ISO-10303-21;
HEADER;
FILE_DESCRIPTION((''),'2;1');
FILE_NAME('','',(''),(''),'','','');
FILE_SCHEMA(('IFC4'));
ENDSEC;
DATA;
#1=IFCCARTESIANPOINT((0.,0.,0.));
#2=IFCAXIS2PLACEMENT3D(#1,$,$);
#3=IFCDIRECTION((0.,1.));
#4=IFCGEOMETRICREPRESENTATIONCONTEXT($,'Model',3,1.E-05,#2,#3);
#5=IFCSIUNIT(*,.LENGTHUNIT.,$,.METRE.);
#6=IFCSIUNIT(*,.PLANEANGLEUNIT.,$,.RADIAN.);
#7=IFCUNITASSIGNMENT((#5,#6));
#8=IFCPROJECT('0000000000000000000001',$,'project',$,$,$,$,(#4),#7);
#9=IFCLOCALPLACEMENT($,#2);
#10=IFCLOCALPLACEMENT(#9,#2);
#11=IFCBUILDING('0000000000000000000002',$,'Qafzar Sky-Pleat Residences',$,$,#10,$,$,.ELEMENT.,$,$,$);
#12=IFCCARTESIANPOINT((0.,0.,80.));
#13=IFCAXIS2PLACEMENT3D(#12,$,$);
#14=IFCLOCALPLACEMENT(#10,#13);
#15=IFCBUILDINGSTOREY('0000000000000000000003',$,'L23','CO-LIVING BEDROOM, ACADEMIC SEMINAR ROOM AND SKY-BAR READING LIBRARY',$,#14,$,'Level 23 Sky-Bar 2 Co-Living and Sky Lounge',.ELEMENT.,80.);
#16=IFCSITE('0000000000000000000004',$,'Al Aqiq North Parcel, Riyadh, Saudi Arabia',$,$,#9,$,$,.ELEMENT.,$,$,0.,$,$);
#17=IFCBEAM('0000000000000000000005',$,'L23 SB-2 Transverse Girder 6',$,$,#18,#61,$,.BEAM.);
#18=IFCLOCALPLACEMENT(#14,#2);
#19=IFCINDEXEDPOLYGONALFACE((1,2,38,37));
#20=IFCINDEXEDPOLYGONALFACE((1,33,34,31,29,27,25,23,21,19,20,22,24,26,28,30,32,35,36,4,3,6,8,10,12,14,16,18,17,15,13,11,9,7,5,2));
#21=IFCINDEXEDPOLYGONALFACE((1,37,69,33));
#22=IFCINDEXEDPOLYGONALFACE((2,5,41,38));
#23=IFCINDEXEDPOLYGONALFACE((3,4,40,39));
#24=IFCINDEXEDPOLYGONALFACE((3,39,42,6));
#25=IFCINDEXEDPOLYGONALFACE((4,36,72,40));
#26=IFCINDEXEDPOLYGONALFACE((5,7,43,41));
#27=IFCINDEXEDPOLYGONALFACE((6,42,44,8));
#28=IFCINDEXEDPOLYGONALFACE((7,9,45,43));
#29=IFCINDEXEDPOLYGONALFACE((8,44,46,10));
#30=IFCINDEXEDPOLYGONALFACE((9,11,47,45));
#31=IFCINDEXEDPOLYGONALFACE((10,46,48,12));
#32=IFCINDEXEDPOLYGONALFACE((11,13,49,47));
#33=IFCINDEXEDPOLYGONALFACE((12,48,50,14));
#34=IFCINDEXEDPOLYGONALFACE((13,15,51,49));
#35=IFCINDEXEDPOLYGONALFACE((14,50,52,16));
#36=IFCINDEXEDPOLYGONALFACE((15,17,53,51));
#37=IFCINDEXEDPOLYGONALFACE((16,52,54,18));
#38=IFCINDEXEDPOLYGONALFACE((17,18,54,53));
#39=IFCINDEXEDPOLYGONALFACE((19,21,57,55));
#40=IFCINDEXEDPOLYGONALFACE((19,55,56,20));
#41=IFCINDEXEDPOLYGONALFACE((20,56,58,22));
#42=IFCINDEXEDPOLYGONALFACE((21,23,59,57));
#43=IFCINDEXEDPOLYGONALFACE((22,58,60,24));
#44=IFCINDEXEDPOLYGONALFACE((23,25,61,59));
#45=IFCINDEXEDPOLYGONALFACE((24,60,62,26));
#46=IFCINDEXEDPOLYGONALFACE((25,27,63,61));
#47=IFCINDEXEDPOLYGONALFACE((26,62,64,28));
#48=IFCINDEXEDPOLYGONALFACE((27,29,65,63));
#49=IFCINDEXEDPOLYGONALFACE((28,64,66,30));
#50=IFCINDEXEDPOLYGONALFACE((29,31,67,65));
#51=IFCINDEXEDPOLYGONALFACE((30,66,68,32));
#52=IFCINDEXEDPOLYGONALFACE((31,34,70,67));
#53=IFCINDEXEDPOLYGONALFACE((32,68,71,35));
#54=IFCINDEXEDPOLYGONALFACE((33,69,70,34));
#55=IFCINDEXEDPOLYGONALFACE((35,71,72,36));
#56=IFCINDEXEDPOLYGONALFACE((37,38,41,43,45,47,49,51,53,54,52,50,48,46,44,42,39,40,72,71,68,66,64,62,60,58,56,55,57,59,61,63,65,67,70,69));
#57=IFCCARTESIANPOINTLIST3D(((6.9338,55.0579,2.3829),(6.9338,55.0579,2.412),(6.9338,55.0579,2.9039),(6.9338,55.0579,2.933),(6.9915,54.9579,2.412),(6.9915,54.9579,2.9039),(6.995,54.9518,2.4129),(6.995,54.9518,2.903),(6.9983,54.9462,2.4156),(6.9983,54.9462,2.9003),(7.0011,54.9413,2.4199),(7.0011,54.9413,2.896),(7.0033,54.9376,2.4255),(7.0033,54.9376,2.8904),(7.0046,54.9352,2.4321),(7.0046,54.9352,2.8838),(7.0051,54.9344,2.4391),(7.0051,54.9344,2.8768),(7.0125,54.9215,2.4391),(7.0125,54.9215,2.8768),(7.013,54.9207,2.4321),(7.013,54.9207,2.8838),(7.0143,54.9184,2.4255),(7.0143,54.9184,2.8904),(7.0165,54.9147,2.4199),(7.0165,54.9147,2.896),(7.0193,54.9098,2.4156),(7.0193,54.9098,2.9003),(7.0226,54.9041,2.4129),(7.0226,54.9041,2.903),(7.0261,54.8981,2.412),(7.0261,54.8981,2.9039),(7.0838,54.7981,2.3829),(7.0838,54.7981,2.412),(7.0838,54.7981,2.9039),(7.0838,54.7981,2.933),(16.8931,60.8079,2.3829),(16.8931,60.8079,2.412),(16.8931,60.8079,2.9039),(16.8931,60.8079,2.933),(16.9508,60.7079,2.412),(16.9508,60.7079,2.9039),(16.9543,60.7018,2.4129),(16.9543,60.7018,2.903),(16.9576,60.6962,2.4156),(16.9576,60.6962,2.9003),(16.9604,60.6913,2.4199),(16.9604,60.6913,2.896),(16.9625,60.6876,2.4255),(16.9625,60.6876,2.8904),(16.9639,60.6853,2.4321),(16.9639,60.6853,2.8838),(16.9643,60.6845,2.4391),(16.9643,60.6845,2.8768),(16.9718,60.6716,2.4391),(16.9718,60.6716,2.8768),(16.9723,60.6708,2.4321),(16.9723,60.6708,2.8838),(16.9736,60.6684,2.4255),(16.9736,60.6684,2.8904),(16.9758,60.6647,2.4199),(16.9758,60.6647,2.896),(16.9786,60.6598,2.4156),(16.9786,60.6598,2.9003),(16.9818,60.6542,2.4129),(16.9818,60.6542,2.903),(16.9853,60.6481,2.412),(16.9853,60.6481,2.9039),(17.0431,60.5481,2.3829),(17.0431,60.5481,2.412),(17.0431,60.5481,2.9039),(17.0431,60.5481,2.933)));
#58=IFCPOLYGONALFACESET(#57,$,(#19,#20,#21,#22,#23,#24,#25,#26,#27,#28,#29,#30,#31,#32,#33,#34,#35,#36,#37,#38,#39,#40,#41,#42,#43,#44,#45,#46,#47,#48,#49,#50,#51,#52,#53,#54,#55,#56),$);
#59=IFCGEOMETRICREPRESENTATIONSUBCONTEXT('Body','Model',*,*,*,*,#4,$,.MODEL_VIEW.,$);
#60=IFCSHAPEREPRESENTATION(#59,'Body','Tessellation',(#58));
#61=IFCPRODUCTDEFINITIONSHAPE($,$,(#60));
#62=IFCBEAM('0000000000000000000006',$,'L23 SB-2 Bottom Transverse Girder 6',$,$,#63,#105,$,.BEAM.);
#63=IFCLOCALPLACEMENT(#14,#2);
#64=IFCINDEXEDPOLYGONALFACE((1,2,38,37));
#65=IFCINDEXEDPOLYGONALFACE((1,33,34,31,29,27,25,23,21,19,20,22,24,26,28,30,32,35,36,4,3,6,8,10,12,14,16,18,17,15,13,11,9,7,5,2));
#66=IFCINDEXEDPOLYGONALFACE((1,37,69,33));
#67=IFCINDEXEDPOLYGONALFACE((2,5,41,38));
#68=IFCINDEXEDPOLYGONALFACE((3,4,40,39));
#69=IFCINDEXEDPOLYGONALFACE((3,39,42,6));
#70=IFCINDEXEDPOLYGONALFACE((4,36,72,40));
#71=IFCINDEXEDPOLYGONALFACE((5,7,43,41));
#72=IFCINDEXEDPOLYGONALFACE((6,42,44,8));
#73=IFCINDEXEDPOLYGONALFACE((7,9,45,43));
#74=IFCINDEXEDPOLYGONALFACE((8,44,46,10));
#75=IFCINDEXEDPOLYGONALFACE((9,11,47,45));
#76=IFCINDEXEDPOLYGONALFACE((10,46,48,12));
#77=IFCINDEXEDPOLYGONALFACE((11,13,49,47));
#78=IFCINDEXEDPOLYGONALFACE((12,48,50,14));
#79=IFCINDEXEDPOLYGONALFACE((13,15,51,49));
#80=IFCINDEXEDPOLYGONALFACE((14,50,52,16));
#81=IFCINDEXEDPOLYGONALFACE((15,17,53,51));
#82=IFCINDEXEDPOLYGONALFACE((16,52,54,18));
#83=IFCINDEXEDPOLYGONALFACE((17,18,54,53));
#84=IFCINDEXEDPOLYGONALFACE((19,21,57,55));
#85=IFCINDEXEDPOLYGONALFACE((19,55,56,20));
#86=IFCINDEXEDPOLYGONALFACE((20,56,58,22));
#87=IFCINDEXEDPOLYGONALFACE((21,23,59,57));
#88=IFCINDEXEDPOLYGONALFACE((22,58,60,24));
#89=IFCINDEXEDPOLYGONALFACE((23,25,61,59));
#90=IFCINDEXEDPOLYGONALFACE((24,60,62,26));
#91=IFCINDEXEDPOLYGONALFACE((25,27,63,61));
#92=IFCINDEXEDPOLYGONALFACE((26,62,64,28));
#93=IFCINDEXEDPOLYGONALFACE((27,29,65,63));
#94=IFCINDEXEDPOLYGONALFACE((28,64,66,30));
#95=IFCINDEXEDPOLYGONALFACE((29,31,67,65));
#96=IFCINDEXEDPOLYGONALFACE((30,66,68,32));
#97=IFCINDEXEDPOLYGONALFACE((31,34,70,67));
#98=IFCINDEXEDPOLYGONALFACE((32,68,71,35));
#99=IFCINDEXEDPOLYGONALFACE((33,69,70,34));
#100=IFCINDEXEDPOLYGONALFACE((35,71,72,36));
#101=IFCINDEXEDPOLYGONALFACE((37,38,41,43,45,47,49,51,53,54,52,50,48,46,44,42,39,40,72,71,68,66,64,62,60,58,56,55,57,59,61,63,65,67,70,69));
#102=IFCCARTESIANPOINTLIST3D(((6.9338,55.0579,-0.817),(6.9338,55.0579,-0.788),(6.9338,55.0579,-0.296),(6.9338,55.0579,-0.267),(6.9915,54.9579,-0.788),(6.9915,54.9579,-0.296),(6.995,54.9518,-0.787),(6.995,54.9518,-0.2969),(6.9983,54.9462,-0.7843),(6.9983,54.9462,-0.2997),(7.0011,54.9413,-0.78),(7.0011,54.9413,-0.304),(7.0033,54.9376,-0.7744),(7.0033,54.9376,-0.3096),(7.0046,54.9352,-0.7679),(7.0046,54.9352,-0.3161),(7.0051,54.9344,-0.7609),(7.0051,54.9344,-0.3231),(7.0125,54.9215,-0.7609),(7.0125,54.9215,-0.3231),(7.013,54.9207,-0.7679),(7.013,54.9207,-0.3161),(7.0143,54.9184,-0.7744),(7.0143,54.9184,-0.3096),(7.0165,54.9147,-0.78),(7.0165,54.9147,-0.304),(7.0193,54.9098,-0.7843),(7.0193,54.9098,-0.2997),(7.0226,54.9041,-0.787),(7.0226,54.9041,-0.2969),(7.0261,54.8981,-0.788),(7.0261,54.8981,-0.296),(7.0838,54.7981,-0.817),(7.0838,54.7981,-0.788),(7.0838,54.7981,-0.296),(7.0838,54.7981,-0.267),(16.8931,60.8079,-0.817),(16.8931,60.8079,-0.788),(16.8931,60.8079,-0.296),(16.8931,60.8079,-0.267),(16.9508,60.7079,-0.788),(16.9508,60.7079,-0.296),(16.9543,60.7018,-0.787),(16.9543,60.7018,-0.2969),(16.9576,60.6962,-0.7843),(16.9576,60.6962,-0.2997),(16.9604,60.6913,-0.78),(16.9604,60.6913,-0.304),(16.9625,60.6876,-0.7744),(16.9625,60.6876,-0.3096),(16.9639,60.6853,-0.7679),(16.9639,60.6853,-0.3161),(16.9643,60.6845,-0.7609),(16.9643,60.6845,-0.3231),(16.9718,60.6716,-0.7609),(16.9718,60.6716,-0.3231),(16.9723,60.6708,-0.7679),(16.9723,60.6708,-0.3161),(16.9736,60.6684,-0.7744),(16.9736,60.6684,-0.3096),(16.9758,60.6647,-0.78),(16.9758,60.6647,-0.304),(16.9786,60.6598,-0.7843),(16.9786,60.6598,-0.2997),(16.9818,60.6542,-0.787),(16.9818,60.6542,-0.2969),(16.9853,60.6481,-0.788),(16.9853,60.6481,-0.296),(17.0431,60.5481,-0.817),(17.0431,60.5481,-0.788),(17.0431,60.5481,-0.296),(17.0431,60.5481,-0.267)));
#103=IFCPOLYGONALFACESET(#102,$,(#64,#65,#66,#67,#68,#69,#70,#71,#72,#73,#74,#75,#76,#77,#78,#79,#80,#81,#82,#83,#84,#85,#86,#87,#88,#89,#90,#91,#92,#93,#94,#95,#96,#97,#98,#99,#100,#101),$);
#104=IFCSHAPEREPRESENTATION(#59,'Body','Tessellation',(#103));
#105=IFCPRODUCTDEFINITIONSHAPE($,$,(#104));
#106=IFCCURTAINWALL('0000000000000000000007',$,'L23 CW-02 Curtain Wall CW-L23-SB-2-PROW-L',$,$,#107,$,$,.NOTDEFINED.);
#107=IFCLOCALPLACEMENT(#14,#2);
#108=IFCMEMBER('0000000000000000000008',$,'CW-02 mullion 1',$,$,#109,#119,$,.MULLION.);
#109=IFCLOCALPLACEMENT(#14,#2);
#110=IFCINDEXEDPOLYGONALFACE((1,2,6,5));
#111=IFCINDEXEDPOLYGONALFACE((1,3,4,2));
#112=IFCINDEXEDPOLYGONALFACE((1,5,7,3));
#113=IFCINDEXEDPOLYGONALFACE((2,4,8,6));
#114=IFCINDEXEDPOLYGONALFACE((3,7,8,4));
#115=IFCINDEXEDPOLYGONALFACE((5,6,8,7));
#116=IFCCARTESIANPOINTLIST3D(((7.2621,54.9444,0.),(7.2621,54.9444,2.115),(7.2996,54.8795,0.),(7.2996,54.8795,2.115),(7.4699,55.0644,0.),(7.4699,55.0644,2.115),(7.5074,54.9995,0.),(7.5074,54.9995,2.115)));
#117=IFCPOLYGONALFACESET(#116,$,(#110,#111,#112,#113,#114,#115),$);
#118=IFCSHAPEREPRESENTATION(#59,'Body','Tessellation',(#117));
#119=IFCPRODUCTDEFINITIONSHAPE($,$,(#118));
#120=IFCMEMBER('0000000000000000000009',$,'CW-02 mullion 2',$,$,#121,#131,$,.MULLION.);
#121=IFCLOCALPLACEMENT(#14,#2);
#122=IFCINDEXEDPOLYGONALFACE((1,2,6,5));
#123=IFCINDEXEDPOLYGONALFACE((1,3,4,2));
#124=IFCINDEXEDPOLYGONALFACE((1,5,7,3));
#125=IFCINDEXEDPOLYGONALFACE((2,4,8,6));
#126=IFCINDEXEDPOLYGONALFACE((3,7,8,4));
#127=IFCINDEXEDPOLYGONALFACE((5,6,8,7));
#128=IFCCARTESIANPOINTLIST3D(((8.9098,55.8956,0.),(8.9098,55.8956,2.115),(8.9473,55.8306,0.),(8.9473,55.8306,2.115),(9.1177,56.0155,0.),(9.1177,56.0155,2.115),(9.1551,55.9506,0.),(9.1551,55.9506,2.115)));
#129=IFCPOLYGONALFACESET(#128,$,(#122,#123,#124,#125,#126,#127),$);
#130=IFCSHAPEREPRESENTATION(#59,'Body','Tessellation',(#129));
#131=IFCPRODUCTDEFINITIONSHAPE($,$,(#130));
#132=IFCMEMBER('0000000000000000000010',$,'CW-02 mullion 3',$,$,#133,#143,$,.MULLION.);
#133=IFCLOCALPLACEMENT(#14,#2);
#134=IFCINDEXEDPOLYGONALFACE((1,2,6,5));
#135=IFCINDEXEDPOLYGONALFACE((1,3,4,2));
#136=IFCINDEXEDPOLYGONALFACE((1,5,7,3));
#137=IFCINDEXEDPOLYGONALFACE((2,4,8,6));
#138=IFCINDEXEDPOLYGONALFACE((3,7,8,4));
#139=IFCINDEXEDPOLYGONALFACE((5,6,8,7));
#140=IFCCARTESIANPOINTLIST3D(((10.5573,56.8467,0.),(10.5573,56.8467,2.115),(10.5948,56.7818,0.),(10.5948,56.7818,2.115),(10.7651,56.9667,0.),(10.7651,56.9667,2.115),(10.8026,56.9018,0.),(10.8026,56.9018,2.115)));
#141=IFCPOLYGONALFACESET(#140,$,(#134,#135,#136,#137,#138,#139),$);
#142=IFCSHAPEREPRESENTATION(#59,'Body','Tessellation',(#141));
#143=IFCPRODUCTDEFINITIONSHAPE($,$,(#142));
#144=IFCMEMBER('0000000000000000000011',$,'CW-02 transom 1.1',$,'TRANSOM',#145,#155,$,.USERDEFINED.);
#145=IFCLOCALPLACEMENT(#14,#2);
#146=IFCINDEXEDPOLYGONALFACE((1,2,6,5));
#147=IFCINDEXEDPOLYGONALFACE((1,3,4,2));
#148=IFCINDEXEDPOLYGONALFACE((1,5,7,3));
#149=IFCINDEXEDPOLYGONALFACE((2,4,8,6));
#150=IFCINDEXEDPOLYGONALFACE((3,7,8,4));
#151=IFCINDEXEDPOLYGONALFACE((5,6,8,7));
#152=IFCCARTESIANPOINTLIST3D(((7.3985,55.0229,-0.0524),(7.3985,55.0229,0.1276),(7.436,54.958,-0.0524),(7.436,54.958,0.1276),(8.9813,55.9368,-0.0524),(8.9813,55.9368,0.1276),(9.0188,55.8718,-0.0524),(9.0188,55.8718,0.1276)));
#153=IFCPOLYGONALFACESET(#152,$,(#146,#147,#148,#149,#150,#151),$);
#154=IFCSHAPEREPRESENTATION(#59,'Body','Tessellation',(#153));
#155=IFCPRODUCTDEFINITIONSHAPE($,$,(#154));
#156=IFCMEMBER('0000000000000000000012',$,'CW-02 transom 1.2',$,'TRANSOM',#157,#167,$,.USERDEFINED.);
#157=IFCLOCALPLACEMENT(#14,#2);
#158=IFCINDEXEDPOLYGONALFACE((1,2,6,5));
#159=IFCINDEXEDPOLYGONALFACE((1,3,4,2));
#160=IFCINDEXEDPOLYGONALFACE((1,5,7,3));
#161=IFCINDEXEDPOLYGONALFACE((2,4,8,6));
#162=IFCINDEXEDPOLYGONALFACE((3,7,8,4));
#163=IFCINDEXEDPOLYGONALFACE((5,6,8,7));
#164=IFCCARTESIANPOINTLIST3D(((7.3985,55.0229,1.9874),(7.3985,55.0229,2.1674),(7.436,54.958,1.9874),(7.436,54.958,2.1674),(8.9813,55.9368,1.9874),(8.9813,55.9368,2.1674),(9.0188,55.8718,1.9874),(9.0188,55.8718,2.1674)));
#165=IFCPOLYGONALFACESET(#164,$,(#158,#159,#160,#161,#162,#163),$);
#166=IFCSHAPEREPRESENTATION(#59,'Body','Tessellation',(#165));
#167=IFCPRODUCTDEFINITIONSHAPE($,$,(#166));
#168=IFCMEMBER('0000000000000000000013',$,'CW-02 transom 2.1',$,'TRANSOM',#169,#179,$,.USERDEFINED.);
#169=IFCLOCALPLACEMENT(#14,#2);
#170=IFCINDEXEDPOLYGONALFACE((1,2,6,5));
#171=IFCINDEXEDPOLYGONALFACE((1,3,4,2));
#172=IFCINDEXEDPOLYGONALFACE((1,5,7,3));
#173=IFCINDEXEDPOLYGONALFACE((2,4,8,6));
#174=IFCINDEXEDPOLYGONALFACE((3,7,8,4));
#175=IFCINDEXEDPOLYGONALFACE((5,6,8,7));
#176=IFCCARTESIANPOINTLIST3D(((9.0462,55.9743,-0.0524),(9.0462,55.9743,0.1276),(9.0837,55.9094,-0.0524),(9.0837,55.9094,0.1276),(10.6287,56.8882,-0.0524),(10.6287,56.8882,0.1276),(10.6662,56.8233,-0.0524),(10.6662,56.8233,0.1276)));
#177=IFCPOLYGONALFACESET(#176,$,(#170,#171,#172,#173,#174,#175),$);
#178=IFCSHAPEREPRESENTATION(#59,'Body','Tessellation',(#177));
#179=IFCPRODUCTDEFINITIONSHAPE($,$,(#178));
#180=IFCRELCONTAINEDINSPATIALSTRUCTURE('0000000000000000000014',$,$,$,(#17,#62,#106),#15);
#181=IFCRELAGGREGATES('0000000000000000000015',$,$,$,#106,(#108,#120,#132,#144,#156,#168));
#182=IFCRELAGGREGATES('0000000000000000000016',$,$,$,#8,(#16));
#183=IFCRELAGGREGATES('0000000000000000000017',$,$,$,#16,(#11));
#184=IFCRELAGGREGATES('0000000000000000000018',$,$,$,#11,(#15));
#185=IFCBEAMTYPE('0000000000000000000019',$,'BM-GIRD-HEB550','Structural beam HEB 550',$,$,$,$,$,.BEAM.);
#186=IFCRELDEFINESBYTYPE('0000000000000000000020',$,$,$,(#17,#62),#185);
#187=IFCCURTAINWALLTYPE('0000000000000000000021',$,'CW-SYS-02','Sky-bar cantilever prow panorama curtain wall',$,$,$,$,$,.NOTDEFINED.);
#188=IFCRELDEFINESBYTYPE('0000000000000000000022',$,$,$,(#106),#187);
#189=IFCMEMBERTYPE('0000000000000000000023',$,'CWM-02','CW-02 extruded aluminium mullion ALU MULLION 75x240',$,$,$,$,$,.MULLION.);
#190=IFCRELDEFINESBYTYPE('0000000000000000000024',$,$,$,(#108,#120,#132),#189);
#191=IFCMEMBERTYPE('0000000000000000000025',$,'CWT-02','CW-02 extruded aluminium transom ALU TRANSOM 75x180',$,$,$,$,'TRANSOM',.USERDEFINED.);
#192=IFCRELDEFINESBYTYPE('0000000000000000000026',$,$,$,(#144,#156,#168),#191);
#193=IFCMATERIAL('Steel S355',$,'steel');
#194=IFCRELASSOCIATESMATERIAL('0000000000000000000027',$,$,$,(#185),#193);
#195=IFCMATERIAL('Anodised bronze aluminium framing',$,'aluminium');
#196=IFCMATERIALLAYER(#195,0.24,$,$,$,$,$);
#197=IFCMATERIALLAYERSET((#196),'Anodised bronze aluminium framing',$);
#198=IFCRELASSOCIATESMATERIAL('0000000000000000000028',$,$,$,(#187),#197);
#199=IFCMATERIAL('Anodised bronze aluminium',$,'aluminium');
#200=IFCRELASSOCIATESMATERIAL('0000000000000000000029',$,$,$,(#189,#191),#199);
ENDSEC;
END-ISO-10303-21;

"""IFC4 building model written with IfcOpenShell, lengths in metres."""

from ifc_helpers import new_model, si_unit, direction, frame, origin, origin_2d, place, context, subcontext, project, spatial, rectangle, i_section, extrude, source, transform, mapped, material, layer, layer_set, material_profile, profile_set, type_object, element, aggregate, save


model = new_model("IFC4")

# Units and contexts
model_context = context("Model", 3, precision=1e-05, world=origin(), true_north=direction((0.0, 1.0)))
body_context = subcontext(model_context, "Body", "Model", "MODEL_VIEW")
ifc_project = project(units=[si_unit("LENGTHUNIT", "METRE"), si_unit("PLANEANGLEUNIT", "RADIAN")], contexts=[model_context])

# Site, building, storey
site_placement = place(None, origin())
site = spatial("IfcSite", under=ifc_project, at=site_placement, Name="Al Aqiq North Parcel, Riyadh, Saudi Arabia", CompositionType="ELEMENT", RefElevation=0.0)
building_placement = place(site_placement, origin())
building = spatial("IfcBuilding", under=site, at=building_placement, Name="Qafzar Sky-Pleat Residences", CompositionType="ELEMENT")
storey_placement = place(building_placement, frame((0.0, 0.0, 80.0)))
storey = spatial("IfcBuildingStorey", under=building, at=storey_placement, Name="L23", Description="CO-LIVING BEDROOM, ACADEMIC SEMINAR ROOM AND SKY-BAR READING LIBRARY", LongName="Level 23 Sky-Bar 2 Co-Living and Sky Lounge", CompositionType="ELEMENT", Elevation=80.0)

# Beams
ifc_material_1 = material(Name="Steel S355", Category="steel")
ifc_material_profile_1 = material_profile(ifc_material_1, i_section(OverallWidth=0.3, OverallDepth=0.55, WebThickness=0.0149, FlangeThickness=0.0291, FilletRadius=0.0271, at=origin_2d()), Name="HEB 550")
ifc_profile_set_1 = profile_set([ifc_material_profile_1], Name="Steel S355")
beam_type = type_object("IfcBeamType", Name="BM-GIRD-HEB550", Description="Structural beam HEB 550", PredefinedType="BEAM", material=ifc_profile_set_1)
shared_shape_1 = source(origin(), body_context, "Body", "SweptSolid", [
    extrude(i_section(OverallWidth=0.3, OverallDepth=0.55, WebThickness=0.0149, FlangeThickness=0.0291, FilletRadius=0.0271, at=origin_2d()), origin(), (0.0, 0.0, 1.0), 11.5),
])
for number, where, z_axis, x_axis, name in (
    (1, (7.0088, 54.928, 2.658), (0.866024, 0.500002, 0.0), (-0.500002, 0.866024, 0.0), "L23 SB-2 Transverse Girder 6"),
    (2, (7.0088, 54.928, -0.542), (0.866024, 0.500002, 0.0), (-0.500002, 0.866024, 0.0), "L23 SB-2 Bottom Transverse Girder 6"),
):
    element("IfcBeam", number, at=place(storey_placement, frame(where, z_axis=z_axis, x_axis=x_axis)), inside=storey, type_object=beam_type, Name=name, PredefinedType="BEAM", context=body_context, shape_type="MappedRepresentation", body=[
        mapped(shared_shape_1, transform((0.0, 0.0, 0.0), x_axis=(1.0, 0.0, 0.0), y_axis=(0.0, 1.0, 0.0), z_axis=(0.0, 0.0, 1.0), scale=1.0)),
    ])

# Curtain wall, members
ifc_material_2 = material(Name="Anodised bronze aluminium framing", Category="aluminium")
ifc_layer_1 = layer(ifc_material_2, 0.24)
ifc_layer_set_1 = layer_set([ifc_layer_1], Name="Anodised bronze aluminium framing")
curtain_wall_type = type_object("IfcCurtainWallType", Name="CW-SYS-02", Description="Sky-bar cantilever prow panorama curtain wall", PredefinedType="NOTDEFINED", material=ifc_layer_set_1)
curtain_wall_placement = place(storey_placement, origin())
curtain_wall = element("IfcCurtainWall", 3, at=curtain_wall_placement, inside=storey, type_object=curtain_wall_type, Name="L23 CW-02 Curtain Wall CW-L23-SB-2-PROW-L", PredefinedType="NOTDEFINED")
ifc_material_3 = material(Name="Anodised bronze aluminium", Category="aluminium")
ifc_material_profile_2 = material_profile(ifc_material_3, rectangle(XDim=0.075, YDim=0.24, at=origin_2d()), Name="ALU MULLION 75x240")
ifc_profile_set_2 = profile_set([ifc_material_profile_2], Name="Anodised bronze aluminium")
member_type_1 = type_object("IfcMemberType", Name="CWM-02", Description="CW-02 extruded aluminium mullion ALU MULLION 75x240", PredefinedType="MULLION", material=ifc_profile_set_2)
shared_shape_2 = source(origin(), body_context, "Body", "SweptSolid", [
    extrude(rectangle(XDim=0.075, YDim=0.24, at=origin_2d()), origin(), (0.0, 0.0, 1.0), 2.115),
])
member_1_placement = place(storey_placement, frame((7.3848, 54.9719, 0.0), z_axis=(0.0, 0.0, 1.0), x_axis=(-0.499998, 0.866027, 0.0)))
member_1 = element("IfcMember", 4, at=member_1_placement, type_object=member_type_1, Name="CW-02 mullion 1", PredefinedType="MULLION", context=body_context, shape_type="MappedRepresentation", body=[
    mapped(shared_shape_2, transform((0.0, 0.0, 0.0), x_axis=(1.0, 0.0, 0.0), y_axis=(0.0, 1.0, 0.0), z_axis=(0.0, 0.0, 1.0), scale=1.0)),
])
member_2_placement = place(storey_placement, frame((9.0325, 55.9231, 0.0), z_axis=(0.0, 0.0, 1.0), x_axis=(-0.499998, 0.866027, 0.0)))
member_2 = element("IfcMember", 5, at=member_2_placement, type_object=member_type_1, Name="CW-02 mullion 2", PredefinedType="MULLION", context=body_context, shape_type="MappedRepresentation", body=[
    mapped(shared_shape_2, transform((0.0, 0.0, 0.0), x_axis=(1.0, 0.0, 0.0), y_axis=(0.0, 1.0, 0.0), z_axis=(0.0, 0.0, 1.0), scale=1.0)),
])
member_3_placement = place(storey_placement, frame((10.6799, 56.8743, 0.0), z_axis=(0.0, 0.0, 1.0), x_axis=(-0.499998, 0.866027, 0.0)))
member_3 = element("IfcMember", 6, at=member_3_placement, type_object=member_type_1, Name="CW-02 mullion 3", PredefinedType="MULLION", context=body_context, shape_type="MappedRepresentation", body=[
    mapped(shared_shape_2, transform((0.0, 0.0, 0.0), x_axis=(1.0, 0.0, 0.0), y_axis=(0.0, 1.0, 0.0), z_axis=(0.0, 0.0, 1.0), scale=1.0)),
])
ifc_material_profile_3 = material_profile(ifc_material_3, rectangle(XDim=0.075, YDim=0.1799, at=origin_2d()), Name="ALU TRANSOM 75x180")
ifc_profile_set_3 = profile_set([ifc_material_profile_3], Name="Anodised bronze aluminium")
member_type_2 = type_object("IfcMemberType", Name="CWT-02", Description="CW-02 extruded aluminium transom ALU TRANSOM 75x180", ElementType="TRANSOM", PredefinedType="USERDEFINED", material=ifc_profile_set_3)
shared_shape_3 = source(origin(), body_context, "Body", "SweptSolid", [
    extrude(rectangle(XDim=0.075, YDim=0.1799, at=origin_2d()), origin(), (0.0, 0.0, 1.0), 1.8276),
])
member_4_placement = place(storey_placement, frame((7.4172, 54.9905, 0.0376), z_axis=(0.866023, 0.500004, 0.0), x_axis=(-0.500004, 0.866023, 0.0)))
member_4 = element("IfcMember", 7, at=member_4_placement, type_object=member_type_2, Name="CW-02 transom 1.1", ObjectType="TRANSOM", PredefinedType="USERDEFINED", context=body_context, shape_type="MappedRepresentation", body=[
    mapped(shared_shape_3, transform((0.0, 0.0, 0.0), x_axis=(1.0, 0.0, 0.0), y_axis=(0.0, 1.0, 0.0), z_axis=(0.0, 0.0, 1.0), scale=1.0)),
])
member_5_placement = place(storey_placement, frame((7.4172, 54.9905, 2.0774), z_axis=(0.866023, 0.500004, 0.0), x_axis=(-0.500004, 0.866023, 0.0)))
member_5 = element("IfcMember", 8, at=member_5_placement, type_object=member_type_2, Name="CW-02 transom 1.2", ObjectType="TRANSOM", PredefinedType="USERDEFINED", context=body_context, shape_type="MappedRepresentation", body=[
    mapped(shared_shape_3, transform((0.0, 0.0, 0.0), x_axis=(1.0, 0.0, 0.0), y_axis=(0.0, 1.0, 0.0), z_axis=(0.0, 0.0, 1.0), scale=1.0)),
])
shared_shape_4 = source(origin(), body_context, "Body", "SweptSolid", [
    extrude(rectangle(XDim=0.075, YDim=0.1799, at=origin_2d()), origin(), (0.0, 0.0, 1.0), 1.8274),
])
member_6_placement = place(storey_placement, frame((9.0649, 55.9419, 0.0376), z_axis=(0.86599, 0.500062, 0.0), x_axis=(-0.500062, 0.86599, 0.0)))
member_6 = element("IfcMember", 9, at=member_6_placement, type_object=member_type_2, Name="CW-02 transom 2.1", ObjectType="TRANSOM", PredefinedType="USERDEFINED", context=body_context, shape_type="MappedRepresentation", body=[
    mapped(shared_shape_4, transform((0.0, 0.0, 0.0), x_axis=(1.0, 0.0, 0.0), y_axis=(0.0, 1.0, 0.0), z_axis=(0.0, 0.0, 1.0), scale=1.0)),
])

aggregate(curtain_wall, [member_1, member_2, member_3, member_4, member_5, member_6])

save(model, "model.ifc")
